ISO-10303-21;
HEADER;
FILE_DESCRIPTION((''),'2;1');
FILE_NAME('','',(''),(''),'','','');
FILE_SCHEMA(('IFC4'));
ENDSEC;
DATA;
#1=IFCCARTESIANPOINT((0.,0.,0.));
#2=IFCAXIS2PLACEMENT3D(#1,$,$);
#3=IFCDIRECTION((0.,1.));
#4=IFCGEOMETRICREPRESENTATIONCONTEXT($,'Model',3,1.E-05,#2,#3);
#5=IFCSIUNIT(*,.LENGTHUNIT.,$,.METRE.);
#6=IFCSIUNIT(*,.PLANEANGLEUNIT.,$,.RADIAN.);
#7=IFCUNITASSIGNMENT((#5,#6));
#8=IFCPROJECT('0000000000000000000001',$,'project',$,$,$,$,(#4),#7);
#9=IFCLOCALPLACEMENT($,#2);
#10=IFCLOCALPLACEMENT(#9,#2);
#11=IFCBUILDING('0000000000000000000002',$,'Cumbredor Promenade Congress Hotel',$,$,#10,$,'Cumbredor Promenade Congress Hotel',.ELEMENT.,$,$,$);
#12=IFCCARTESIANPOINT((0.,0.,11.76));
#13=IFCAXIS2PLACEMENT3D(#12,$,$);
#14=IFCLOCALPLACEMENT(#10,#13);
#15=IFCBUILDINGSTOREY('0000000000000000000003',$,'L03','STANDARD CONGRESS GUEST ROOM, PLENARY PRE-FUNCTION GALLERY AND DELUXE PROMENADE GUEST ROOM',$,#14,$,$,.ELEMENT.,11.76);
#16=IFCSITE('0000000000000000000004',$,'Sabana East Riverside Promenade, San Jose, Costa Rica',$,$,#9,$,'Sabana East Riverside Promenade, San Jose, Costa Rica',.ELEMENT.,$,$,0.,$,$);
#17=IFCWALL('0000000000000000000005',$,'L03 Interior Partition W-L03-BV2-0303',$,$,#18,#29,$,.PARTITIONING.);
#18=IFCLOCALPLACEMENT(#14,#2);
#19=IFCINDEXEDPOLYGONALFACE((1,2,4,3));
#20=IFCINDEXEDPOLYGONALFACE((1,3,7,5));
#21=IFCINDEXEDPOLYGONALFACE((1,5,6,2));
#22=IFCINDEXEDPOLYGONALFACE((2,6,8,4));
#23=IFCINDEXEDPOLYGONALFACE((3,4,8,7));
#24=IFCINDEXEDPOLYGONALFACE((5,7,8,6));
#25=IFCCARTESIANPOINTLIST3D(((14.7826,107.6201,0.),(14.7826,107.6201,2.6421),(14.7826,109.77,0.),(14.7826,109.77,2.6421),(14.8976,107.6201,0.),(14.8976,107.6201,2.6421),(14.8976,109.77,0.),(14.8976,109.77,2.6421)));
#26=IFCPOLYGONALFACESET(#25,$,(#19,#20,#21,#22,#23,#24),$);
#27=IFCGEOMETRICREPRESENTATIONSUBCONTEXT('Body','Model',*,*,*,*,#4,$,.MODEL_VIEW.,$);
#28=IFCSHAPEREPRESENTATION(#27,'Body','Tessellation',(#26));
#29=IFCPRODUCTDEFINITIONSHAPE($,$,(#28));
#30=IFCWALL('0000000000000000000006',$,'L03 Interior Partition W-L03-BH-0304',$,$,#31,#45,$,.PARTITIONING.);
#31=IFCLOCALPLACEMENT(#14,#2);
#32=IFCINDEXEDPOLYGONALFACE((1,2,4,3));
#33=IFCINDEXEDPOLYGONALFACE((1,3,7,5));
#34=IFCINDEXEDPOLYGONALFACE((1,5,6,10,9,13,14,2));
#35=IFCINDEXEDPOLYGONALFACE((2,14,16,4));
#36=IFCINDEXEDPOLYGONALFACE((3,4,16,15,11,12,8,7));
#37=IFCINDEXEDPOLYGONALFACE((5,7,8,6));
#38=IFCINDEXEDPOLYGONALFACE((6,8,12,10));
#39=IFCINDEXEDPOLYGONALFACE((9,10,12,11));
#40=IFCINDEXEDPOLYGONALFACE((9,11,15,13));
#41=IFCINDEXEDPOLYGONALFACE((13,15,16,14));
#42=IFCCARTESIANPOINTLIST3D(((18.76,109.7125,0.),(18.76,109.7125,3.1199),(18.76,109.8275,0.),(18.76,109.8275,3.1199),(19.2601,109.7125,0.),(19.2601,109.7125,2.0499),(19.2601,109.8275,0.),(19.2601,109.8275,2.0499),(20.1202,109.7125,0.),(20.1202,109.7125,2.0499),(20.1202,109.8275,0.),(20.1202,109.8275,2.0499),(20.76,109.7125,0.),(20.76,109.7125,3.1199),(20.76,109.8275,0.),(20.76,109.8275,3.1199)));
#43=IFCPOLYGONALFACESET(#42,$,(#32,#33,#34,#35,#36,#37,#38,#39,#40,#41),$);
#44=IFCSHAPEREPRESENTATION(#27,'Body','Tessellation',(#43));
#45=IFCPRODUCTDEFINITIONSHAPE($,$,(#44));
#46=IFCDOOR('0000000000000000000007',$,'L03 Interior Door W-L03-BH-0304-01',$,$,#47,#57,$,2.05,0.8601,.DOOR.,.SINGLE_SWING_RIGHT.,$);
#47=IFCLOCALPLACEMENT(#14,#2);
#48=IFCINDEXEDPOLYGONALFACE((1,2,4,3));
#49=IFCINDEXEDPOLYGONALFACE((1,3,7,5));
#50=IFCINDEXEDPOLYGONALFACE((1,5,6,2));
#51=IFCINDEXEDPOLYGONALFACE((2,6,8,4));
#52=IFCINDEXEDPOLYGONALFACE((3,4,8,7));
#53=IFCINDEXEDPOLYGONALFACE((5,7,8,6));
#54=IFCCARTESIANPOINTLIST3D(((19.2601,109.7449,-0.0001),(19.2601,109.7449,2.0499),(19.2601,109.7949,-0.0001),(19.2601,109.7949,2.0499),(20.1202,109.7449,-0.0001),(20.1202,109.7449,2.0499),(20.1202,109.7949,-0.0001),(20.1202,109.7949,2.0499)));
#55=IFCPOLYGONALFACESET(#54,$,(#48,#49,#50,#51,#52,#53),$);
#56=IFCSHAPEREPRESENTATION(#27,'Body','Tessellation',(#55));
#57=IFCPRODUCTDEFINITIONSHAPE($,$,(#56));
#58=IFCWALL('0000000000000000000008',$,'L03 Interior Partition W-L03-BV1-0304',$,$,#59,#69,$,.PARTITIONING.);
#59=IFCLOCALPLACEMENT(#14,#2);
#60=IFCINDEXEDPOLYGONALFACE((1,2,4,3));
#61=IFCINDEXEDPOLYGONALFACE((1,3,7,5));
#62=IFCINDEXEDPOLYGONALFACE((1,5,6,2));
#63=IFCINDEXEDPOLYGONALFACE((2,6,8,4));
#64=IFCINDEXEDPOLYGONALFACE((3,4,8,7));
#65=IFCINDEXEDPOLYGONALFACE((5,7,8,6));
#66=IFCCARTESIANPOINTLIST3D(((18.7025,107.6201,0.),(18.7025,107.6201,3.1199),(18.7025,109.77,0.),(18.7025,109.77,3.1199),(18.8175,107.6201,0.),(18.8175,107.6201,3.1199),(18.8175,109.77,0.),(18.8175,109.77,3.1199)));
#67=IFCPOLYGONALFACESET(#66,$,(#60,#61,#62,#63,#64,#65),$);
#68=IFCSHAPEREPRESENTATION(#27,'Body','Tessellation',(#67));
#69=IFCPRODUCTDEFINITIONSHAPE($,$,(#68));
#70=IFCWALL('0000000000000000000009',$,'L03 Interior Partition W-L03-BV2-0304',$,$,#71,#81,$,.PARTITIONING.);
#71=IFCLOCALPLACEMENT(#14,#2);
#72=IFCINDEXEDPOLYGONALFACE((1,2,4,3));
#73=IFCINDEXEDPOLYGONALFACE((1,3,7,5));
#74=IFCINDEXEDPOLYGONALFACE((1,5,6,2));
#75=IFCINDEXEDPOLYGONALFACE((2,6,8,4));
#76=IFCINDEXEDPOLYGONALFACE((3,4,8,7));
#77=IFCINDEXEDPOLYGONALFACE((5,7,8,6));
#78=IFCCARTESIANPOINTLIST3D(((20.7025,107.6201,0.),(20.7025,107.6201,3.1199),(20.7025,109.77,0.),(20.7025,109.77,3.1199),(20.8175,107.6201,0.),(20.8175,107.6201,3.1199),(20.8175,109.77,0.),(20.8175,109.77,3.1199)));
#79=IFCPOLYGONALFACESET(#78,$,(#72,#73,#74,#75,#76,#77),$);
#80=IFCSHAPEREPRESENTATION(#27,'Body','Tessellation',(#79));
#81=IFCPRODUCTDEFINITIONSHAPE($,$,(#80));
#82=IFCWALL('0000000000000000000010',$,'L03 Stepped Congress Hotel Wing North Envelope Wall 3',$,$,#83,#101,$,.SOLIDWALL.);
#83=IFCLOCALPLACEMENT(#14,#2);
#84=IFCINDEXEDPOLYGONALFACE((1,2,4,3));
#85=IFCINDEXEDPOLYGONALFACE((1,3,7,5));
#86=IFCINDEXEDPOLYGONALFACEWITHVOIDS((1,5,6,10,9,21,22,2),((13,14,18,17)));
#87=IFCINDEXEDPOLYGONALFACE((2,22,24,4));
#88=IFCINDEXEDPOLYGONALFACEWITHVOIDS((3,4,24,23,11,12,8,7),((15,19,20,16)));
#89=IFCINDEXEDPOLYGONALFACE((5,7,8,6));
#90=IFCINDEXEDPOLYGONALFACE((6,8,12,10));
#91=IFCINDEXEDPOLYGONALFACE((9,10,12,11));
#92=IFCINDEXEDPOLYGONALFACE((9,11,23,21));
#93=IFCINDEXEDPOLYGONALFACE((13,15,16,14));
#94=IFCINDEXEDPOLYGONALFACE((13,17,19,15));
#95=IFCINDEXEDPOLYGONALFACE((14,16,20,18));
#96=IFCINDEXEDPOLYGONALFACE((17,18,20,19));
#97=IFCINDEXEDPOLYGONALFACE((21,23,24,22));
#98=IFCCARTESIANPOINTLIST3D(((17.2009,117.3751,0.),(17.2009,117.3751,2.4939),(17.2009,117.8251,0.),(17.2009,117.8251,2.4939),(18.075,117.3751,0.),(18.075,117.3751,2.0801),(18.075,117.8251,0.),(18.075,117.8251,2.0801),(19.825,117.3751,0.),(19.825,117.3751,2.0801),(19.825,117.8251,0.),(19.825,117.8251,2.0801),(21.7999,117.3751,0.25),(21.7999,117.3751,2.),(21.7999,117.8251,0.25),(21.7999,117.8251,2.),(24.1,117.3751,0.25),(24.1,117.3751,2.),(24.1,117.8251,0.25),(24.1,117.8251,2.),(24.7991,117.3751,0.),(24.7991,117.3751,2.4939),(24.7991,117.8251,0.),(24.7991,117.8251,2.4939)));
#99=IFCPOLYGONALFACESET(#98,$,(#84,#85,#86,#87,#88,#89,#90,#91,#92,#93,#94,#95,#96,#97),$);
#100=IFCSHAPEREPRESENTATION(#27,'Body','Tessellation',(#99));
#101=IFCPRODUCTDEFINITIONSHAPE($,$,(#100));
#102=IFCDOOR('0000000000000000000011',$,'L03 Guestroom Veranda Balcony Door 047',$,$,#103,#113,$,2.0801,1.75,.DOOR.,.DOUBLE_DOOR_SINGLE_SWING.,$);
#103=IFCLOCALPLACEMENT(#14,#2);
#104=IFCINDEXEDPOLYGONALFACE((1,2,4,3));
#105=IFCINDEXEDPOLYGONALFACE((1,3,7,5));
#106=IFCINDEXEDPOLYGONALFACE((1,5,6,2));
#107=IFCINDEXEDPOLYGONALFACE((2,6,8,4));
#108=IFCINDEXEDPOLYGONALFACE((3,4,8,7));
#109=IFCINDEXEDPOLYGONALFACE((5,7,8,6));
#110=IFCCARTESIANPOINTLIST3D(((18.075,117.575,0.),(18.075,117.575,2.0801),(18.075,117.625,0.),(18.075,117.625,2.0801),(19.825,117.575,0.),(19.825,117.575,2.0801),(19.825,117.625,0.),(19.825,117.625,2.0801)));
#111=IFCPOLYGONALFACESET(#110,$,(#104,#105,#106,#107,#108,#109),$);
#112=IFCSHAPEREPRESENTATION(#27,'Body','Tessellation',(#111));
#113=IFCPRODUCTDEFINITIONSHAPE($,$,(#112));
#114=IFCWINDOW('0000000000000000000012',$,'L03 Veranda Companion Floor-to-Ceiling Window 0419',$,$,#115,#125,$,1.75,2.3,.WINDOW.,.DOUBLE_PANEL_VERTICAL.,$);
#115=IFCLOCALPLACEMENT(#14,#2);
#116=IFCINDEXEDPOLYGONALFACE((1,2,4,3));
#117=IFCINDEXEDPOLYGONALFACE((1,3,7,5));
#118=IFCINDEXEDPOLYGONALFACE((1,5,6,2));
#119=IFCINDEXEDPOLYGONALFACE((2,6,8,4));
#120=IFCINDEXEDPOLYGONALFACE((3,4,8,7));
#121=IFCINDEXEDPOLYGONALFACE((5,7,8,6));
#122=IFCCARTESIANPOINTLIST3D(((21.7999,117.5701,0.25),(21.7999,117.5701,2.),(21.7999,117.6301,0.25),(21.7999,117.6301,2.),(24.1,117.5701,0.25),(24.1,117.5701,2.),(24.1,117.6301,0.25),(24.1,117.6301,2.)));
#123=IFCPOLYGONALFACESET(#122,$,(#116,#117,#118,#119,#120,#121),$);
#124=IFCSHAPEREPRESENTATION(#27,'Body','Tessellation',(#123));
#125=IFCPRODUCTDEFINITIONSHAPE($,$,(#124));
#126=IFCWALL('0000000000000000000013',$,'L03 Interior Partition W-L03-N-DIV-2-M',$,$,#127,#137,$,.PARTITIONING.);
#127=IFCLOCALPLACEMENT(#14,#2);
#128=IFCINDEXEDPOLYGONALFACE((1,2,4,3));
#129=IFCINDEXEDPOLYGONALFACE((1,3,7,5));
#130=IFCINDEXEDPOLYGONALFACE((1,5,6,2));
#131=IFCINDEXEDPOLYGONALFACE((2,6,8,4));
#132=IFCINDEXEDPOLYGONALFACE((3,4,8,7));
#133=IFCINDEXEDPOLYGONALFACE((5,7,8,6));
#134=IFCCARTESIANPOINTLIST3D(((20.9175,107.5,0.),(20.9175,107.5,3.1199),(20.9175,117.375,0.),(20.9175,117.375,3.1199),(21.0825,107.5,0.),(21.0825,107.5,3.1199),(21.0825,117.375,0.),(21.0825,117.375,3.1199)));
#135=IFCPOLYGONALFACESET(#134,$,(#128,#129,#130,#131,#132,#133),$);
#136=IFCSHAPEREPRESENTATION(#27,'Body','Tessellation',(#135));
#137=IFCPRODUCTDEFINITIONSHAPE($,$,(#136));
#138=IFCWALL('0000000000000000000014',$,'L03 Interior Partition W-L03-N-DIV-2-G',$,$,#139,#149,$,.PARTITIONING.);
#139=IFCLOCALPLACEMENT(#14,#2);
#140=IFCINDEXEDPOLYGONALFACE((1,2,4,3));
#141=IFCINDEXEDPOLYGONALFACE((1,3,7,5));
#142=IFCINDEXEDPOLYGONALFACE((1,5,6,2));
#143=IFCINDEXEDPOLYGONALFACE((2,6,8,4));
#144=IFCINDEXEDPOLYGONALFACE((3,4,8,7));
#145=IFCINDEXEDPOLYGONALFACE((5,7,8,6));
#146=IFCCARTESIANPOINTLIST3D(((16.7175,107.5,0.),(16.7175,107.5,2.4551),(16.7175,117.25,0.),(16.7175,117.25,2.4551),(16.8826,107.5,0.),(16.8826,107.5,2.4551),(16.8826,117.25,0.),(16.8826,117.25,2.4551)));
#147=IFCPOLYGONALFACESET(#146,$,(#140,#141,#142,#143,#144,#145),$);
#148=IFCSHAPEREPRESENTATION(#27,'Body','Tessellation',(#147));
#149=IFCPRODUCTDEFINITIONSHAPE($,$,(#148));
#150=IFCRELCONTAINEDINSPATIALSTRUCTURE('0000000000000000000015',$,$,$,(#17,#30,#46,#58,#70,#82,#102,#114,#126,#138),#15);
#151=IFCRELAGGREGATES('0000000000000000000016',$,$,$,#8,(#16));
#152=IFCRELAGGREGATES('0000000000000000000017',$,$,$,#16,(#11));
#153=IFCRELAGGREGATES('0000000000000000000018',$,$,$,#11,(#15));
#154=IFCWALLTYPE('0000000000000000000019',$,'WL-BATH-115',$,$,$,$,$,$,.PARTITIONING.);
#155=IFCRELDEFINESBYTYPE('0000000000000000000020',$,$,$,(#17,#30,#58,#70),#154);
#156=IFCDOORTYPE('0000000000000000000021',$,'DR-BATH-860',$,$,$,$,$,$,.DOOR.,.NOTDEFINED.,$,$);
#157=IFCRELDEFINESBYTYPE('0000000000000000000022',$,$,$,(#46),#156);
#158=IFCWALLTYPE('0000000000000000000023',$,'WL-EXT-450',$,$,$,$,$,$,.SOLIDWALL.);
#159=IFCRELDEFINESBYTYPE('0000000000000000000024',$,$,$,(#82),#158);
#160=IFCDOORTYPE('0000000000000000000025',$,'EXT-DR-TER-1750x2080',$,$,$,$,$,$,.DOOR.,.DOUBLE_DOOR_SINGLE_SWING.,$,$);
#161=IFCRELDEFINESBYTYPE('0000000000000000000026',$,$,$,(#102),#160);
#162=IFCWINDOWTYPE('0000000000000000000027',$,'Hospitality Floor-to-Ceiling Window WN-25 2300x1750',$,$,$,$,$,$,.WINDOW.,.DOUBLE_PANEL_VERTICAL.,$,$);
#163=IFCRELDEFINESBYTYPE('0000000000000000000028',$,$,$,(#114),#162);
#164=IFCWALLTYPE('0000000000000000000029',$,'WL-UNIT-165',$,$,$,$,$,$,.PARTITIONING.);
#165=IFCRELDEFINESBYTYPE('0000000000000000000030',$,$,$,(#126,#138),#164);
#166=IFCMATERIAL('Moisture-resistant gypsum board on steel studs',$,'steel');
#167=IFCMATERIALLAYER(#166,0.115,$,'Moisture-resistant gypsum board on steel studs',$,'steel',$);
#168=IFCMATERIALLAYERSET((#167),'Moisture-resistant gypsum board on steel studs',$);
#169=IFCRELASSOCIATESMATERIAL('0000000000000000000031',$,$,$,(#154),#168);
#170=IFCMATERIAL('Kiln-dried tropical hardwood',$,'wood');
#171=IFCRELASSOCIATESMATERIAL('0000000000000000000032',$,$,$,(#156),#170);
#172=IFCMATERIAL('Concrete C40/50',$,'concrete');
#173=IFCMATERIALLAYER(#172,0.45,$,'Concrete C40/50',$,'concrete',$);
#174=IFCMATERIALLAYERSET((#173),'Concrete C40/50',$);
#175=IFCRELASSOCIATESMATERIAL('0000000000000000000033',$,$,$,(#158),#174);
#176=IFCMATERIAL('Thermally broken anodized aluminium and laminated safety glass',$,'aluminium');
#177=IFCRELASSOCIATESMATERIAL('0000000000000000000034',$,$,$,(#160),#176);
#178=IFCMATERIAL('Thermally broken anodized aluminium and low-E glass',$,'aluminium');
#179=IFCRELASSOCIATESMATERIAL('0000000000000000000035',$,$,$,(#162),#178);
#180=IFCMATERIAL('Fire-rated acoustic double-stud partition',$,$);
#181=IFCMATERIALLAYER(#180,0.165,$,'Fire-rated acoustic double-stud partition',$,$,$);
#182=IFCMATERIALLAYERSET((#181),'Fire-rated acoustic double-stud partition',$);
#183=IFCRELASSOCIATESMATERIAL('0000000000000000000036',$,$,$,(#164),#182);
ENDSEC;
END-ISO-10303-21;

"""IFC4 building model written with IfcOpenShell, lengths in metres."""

from ifc_helpers import new_model, si_unit, direction, frame, frame_2d, origin, place, context, subcontext, project, spatial, rectangle, extrude, material, layer, layer_set, type_object, element, fill, save


model = new_model("IFC4")

# Units and contexts
model_context = context("Model", 3, precision=1e-05, world=origin(), true_north=direction((0.0, 1.0)))
body_context = subcontext(model_context, "Body", "Model", "MODEL_VIEW")
ifc_project = project(units=[si_unit("LENGTHUNIT", "METRE"), si_unit("PLANEANGLEUNIT", "RADIAN")], contexts=[model_context])

# Site, building, storey
site_placement = place(None, origin())
site = spatial("IfcSite", under=ifc_project, at=site_placement, Name="Sabana East Riverside Promenade, San Jose, Costa Rica", LongName="Sabana East Riverside Promenade, San Jose, Costa Rica", CompositionType="ELEMENT", RefElevation=0.0)
building_placement = place(site_placement, origin())
building = spatial("IfcBuilding", under=site, at=building_placement, Name="Cumbredor Promenade Congress Hotel", LongName="Cumbredor Promenade Congress Hotel", CompositionType="ELEMENT")
storey_placement = place(building_placement, frame((0.0, 0.0, 11.76)))
storey = spatial("IfcBuildingStorey", under=building, at=storey_placement, Name="L03", Description="STANDARD CONGRESS GUEST ROOM, PLENARY PRE-FUNCTION GALLERY AND DELUXE PROMENADE GUEST ROOM", CompositionType="ELEMENT", Elevation=11.76)

# Shared definitions
ifc_material_1 = material(Name="Concrete C40/50", Category="concrete")

# Shared definitions
ifc_material_2 = material(Name="Thermally broken anodized aluminium and low-E glass", Category="aluminium")

# Shared definitions
ifc_material_3 = material(Name="Kiln-dried tropical hardwood", Category="wood")

# Wall
ifc_material_4 = material(Name="Moisture-resistant gypsum board on steel studs", Category="steel")
ifc_layer_1 = layer(ifc_material_4, 0.115, Name="Moisture-resistant gypsum board on steel studs", Category="steel")
ifc_layer_set_1 = layer_set([ifc_layer_1], Name="Moisture-resistant gypsum board on steel studs")
wall_type_1 = type_object("IfcWallType", Name="WL-BATH-115", PredefinedType="PARTITIONING", material=ifc_layer_set_1)
wall_1_placement = place(storey_placement, frame((14.8401, 107.6201, 0.0), z_axis=(0.0, 0.0, 1.0), x_axis=(0.0, 1.0, 0.0)))
element("IfcWall", 1, at=wall_1_placement, inside=storey, type_object=wall_type_1, Name="L03 Interior Partition W-L03-BV2-0303", PredefinedType="PARTITIONING", context=body_context, shape_type="SweptSolid", body=[
    extrude(rectangle(XDim=2.1499, YDim=0.115, at=frame_2d((1.075, 0.0))), origin(), (0.0, 0.0, 1.0), 2.6421),
])

# Wall, opening, door
wall_2_placement = place(storey_placement, frame((18.76, 109.77, 0.0), z_axis=(0.0, 0.0, 1.0), x_axis=(1.0, 0.0, 0.0)))
wall_2 = element("IfcWall", 2, at=wall_2_placement, inside=storey, type_object=wall_type_1, Name="L03 Interior Partition W-L03-BH-0304", PredefinedType="PARTITIONING", context=body_context, shape_type="SweptSolid", body=[
    extrude(rectangle(XDim=2.0, YDim=0.115, at=frame_2d((1.0, 0.0))), origin(), (0.0, 0.0, 1.0), 3.1199),
])
opening_1_placement = place(wall_2_placement, frame((0.5, 0.0, 0.0)))
opening_1 = element("IfcOpeningElement", 3, at=opening_1_placement, cuts=wall_2, PredefinedType="OPENING", context=body_context, shape_type="SweptSolid", body=[
    extrude(rectangle(XDim=0.8601, YDim=2.05, at=frame_2d((0.4302, 1.0249))), frame((0.0, 0.0674, 0.0), z_axis=(0.0, -1.0, 0.0), x_axis=(1.0, 0.0, 0.0)), (0.0, 0.0, 1.0), 0.135),
])
door_type_1 = type_object("IfcDoorType", Name="DR-BATH-860", OperationType="NOTDEFINED", PredefinedType="DOOR", material=ifc_material_3)
door_1_placement = place(opening_1_placement, origin())
door_1 = element("IfcDoor", 4, at=door_1_placement, inside=storey, type_object=door_type_1, Name="L03 Interior Door W-L03-BH-0304-01", OperationType="SINGLE_SWING_RIGHT", OverallHeight=2.05, OverallWidth=0.8601, PredefinedType="DOOR", context=body_context, shape_type="SweptSolid", body=[
    extrude(rectangle(XDim=0.8601, YDim=2.05, at=frame_2d((0.4302, 1.0249))), frame((0.0, 0.0249, 0.0), z_axis=(0.0, -1.0, 0.0), x_axis=(1.0, 0.0, 0.0)), (0.0, 0.0, 1.0), 0.05),
])
fill(opening_1, door_1)

# Walls
for number, where, z_axis, x_axis, name in (
    (5, (18.76, 107.6201, 0.0), (0.0, 0.0, 1.0), (0.0, 1.0, 0.0), "L03 Interior Partition W-L03-BV1-0304"),
    (6, (20.76, 107.6201, 0.0), (0.0, 0.0, 1.0), (0.0, 1.0, 0.0), "L03 Interior Partition W-L03-BV2-0304"),
):
    element("IfcWall", number, at=place(storey_placement, frame(where, z_axis=z_axis, x_axis=x_axis)), inside=storey, type_object=wall_type_1, Name=name, PredefinedType="PARTITIONING", context=body_context, shape_type="SweptSolid", body=[
        extrude(rectangle(XDim=2.1499, YDim=0.115, at=frame_2d((1.075, 0.0))), origin(), (0.0, 0.0, 1.0), 3.1199),
    ])

# Wall, openings, door, window
ifc_layer_2 = layer(ifc_material_1, 0.45, Name="Concrete C40/50", Category="concrete")
ifc_layer_set_2 = layer_set([ifc_layer_2], Name="Concrete C40/50")
wall_type_2 = type_object("IfcWallType", Name="WL-EXT-450", PredefinedType="SOLIDWALL", material=ifc_layer_set_2)
wall_3_placement = place(storey_placement, frame((17.2009, 117.6001, 0.0), z_axis=(0.0, 0.0, 1.0), x_axis=(1.0, 0.0, 0.0)))
wall_3 = element("IfcWall", 7, at=wall_3_placement, inside=storey, type_object=wall_type_2, Name="L03 Stepped Congress Hotel Wing North Envelope Wall 3", PredefinedType="SOLIDWALL", context=body_context, shape_type="SweptSolid", body=[
    extrude(rectangle(XDim=7.5981, YDim=0.45, at=frame_2d((3.7991, 0.0))), origin(), (0.0, 0.0, 1.0), 2.4939),
])
opening_2_placement = place(wall_3_placement, frame((0.874, 0.0, 0.0)))
opening_2 = element("IfcOpeningElement", 8, at=opening_2_placement, cuts=wall_3, PredefinedType="OPENING", context=body_context, shape_type="SweptSolid", body=[
    extrude(rectangle(XDim=1.75, YDim=2.0801, at=frame_2d((0.875, 1.04))), frame((0.0, 0.2349, 0.0), z_axis=(0.0, -1.0, 0.0), x_axis=(1.0, 0.0, 0.0)), (0.0, 0.0, 1.0), 0.47),
])
opening_3_placement = place(wall_3_placement, frame((4.5991, 0.0, 0.25)))
opening_3 = element("IfcOpeningElement", 9, at=opening_3_placement, cuts=wall_3, PredefinedType="OPENING", context=body_context, shape_type="SweptSolid", body=[
    extrude(rectangle(XDim=2.3, YDim=1.75, at=frame_2d((1.1499, 0.875))), frame((0.0, 0.2349, 0.0), z_axis=(0.0, -1.0, 0.0), x_axis=(1.0, 0.0, 0.0)), (0.0, 0.0, 1.0), 0.47),
])
ifc_material_5 = material(Name="Thermally broken anodized aluminium and laminated safety glass", Category="aluminium")
door_type_2 = type_object("IfcDoorType", Name="EXT-DR-TER-1750x2080", OperationType="DOUBLE_DOOR_SINGLE_SWING", PredefinedType="DOOR", material=ifc_material_5)
door_2_placement = place(opening_2_placement, origin())
door_2 = element("IfcDoor", 10, at=door_2_placement, inside=storey, type_object=door_type_2, Name="L03 Guestroom Veranda Balcony Door 047", OperationType="DOUBLE_DOOR_SINGLE_SWING", OverallHeight=2.0801, OverallWidth=1.75, PredefinedType="DOOR", context=body_context, shape_type="SweptSolid", body=[
    extrude(rectangle(XDim=1.75, YDim=2.0801, at=frame_2d((0.875, 1.04))), frame((0.0, 0.0249, 0.0), z_axis=(0.0, -1.0, 0.0), x_axis=(1.0, 0.0, 0.0)), (0.0, 0.0, 1.0), 0.05),
])
fill(opening_2, door_2)
window_type = type_object("IfcWindowType", Name="Hospitality Floor-to-Ceiling Window WN-25 2300x1750", PartitioningType="DOUBLE_PANEL_VERTICAL", PredefinedType="WINDOW", material=ifc_material_2)
window_placement = place(opening_3_placement, origin())
window = element("IfcWindow", 11, at=window_placement, inside=storey, type_object=window_type, Name="L03 Veranda Companion Floor-to-Ceiling Window 0419", OverallHeight=1.75, OverallWidth=2.3, PartitioningType="DOUBLE_PANEL_VERTICAL", PredefinedType="WINDOW", context=body_context, shape_type="SweptSolid", body=[
    extrude(rectangle(XDim=2.3, YDim=1.75, at=frame_2d((1.1499, 0.875))), frame((0.0, 0.03, 0.0), z_axis=(0.0, -1.0, 0.0), x_axis=(1.0, 0.0, 0.0)), (0.0, 0.0, 1.0), 0.0601),
])
fill(opening_3, window)

# Walls
ifc_material_6 = material(Name="Fire-rated acoustic double-stud partition")
ifc_layer_3 = layer(ifc_material_6, 0.165, Name="Fire-rated acoustic double-stud partition")
ifc_layer_set_3 = layer_set([ifc_layer_3], Name="Fire-rated acoustic double-stud partition")
wall_type_3 = type_object("IfcWallType", Name="WL-UNIT-165", PredefinedType="PARTITIONING", material=ifc_layer_set_3)
wall_4_placement = place(storey_placement, frame((21.0, 107.5, 0.0), z_axis=(0.0, 0.0, 1.0), x_axis=(0.0, 1.0, 0.0)))
element("IfcWall", 12, at=wall_4_placement, inside=storey, type_object=wall_type_3, Name="L03 Interior Partition W-L03-N-DIV-2-M", PredefinedType="PARTITIONING", context=body_context, shape_type="SweptSolid", body=[
    extrude(rectangle(XDim=9.875, YDim=0.165, at=frame_2d((4.9375, 0.0))), origin(), (0.0, 0.0, 1.0), 3.1199),
])
wall_5_placement = place(storey_placement, frame((16.8, 107.5, 0.0), z_axis=(0.0, 0.0, 1.0), x_axis=(0.0, 1.0, 0.0)))
element("IfcWall", 13, at=wall_5_placement, inside=storey, type_object=wall_type_3, Name="L03 Interior Partition W-L03-N-DIV-2-G", PredefinedType="PARTITIONING", context=body_context, shape_type="SweptSolid", body=[
    extrude(rectangle(XDim=9.75, YDim=0.165, at=frame_2d((4.875, 0.0))), origin(), (0.0, 0.0, 1.0), 2.4551),
])

save(model, "model.ifc")
